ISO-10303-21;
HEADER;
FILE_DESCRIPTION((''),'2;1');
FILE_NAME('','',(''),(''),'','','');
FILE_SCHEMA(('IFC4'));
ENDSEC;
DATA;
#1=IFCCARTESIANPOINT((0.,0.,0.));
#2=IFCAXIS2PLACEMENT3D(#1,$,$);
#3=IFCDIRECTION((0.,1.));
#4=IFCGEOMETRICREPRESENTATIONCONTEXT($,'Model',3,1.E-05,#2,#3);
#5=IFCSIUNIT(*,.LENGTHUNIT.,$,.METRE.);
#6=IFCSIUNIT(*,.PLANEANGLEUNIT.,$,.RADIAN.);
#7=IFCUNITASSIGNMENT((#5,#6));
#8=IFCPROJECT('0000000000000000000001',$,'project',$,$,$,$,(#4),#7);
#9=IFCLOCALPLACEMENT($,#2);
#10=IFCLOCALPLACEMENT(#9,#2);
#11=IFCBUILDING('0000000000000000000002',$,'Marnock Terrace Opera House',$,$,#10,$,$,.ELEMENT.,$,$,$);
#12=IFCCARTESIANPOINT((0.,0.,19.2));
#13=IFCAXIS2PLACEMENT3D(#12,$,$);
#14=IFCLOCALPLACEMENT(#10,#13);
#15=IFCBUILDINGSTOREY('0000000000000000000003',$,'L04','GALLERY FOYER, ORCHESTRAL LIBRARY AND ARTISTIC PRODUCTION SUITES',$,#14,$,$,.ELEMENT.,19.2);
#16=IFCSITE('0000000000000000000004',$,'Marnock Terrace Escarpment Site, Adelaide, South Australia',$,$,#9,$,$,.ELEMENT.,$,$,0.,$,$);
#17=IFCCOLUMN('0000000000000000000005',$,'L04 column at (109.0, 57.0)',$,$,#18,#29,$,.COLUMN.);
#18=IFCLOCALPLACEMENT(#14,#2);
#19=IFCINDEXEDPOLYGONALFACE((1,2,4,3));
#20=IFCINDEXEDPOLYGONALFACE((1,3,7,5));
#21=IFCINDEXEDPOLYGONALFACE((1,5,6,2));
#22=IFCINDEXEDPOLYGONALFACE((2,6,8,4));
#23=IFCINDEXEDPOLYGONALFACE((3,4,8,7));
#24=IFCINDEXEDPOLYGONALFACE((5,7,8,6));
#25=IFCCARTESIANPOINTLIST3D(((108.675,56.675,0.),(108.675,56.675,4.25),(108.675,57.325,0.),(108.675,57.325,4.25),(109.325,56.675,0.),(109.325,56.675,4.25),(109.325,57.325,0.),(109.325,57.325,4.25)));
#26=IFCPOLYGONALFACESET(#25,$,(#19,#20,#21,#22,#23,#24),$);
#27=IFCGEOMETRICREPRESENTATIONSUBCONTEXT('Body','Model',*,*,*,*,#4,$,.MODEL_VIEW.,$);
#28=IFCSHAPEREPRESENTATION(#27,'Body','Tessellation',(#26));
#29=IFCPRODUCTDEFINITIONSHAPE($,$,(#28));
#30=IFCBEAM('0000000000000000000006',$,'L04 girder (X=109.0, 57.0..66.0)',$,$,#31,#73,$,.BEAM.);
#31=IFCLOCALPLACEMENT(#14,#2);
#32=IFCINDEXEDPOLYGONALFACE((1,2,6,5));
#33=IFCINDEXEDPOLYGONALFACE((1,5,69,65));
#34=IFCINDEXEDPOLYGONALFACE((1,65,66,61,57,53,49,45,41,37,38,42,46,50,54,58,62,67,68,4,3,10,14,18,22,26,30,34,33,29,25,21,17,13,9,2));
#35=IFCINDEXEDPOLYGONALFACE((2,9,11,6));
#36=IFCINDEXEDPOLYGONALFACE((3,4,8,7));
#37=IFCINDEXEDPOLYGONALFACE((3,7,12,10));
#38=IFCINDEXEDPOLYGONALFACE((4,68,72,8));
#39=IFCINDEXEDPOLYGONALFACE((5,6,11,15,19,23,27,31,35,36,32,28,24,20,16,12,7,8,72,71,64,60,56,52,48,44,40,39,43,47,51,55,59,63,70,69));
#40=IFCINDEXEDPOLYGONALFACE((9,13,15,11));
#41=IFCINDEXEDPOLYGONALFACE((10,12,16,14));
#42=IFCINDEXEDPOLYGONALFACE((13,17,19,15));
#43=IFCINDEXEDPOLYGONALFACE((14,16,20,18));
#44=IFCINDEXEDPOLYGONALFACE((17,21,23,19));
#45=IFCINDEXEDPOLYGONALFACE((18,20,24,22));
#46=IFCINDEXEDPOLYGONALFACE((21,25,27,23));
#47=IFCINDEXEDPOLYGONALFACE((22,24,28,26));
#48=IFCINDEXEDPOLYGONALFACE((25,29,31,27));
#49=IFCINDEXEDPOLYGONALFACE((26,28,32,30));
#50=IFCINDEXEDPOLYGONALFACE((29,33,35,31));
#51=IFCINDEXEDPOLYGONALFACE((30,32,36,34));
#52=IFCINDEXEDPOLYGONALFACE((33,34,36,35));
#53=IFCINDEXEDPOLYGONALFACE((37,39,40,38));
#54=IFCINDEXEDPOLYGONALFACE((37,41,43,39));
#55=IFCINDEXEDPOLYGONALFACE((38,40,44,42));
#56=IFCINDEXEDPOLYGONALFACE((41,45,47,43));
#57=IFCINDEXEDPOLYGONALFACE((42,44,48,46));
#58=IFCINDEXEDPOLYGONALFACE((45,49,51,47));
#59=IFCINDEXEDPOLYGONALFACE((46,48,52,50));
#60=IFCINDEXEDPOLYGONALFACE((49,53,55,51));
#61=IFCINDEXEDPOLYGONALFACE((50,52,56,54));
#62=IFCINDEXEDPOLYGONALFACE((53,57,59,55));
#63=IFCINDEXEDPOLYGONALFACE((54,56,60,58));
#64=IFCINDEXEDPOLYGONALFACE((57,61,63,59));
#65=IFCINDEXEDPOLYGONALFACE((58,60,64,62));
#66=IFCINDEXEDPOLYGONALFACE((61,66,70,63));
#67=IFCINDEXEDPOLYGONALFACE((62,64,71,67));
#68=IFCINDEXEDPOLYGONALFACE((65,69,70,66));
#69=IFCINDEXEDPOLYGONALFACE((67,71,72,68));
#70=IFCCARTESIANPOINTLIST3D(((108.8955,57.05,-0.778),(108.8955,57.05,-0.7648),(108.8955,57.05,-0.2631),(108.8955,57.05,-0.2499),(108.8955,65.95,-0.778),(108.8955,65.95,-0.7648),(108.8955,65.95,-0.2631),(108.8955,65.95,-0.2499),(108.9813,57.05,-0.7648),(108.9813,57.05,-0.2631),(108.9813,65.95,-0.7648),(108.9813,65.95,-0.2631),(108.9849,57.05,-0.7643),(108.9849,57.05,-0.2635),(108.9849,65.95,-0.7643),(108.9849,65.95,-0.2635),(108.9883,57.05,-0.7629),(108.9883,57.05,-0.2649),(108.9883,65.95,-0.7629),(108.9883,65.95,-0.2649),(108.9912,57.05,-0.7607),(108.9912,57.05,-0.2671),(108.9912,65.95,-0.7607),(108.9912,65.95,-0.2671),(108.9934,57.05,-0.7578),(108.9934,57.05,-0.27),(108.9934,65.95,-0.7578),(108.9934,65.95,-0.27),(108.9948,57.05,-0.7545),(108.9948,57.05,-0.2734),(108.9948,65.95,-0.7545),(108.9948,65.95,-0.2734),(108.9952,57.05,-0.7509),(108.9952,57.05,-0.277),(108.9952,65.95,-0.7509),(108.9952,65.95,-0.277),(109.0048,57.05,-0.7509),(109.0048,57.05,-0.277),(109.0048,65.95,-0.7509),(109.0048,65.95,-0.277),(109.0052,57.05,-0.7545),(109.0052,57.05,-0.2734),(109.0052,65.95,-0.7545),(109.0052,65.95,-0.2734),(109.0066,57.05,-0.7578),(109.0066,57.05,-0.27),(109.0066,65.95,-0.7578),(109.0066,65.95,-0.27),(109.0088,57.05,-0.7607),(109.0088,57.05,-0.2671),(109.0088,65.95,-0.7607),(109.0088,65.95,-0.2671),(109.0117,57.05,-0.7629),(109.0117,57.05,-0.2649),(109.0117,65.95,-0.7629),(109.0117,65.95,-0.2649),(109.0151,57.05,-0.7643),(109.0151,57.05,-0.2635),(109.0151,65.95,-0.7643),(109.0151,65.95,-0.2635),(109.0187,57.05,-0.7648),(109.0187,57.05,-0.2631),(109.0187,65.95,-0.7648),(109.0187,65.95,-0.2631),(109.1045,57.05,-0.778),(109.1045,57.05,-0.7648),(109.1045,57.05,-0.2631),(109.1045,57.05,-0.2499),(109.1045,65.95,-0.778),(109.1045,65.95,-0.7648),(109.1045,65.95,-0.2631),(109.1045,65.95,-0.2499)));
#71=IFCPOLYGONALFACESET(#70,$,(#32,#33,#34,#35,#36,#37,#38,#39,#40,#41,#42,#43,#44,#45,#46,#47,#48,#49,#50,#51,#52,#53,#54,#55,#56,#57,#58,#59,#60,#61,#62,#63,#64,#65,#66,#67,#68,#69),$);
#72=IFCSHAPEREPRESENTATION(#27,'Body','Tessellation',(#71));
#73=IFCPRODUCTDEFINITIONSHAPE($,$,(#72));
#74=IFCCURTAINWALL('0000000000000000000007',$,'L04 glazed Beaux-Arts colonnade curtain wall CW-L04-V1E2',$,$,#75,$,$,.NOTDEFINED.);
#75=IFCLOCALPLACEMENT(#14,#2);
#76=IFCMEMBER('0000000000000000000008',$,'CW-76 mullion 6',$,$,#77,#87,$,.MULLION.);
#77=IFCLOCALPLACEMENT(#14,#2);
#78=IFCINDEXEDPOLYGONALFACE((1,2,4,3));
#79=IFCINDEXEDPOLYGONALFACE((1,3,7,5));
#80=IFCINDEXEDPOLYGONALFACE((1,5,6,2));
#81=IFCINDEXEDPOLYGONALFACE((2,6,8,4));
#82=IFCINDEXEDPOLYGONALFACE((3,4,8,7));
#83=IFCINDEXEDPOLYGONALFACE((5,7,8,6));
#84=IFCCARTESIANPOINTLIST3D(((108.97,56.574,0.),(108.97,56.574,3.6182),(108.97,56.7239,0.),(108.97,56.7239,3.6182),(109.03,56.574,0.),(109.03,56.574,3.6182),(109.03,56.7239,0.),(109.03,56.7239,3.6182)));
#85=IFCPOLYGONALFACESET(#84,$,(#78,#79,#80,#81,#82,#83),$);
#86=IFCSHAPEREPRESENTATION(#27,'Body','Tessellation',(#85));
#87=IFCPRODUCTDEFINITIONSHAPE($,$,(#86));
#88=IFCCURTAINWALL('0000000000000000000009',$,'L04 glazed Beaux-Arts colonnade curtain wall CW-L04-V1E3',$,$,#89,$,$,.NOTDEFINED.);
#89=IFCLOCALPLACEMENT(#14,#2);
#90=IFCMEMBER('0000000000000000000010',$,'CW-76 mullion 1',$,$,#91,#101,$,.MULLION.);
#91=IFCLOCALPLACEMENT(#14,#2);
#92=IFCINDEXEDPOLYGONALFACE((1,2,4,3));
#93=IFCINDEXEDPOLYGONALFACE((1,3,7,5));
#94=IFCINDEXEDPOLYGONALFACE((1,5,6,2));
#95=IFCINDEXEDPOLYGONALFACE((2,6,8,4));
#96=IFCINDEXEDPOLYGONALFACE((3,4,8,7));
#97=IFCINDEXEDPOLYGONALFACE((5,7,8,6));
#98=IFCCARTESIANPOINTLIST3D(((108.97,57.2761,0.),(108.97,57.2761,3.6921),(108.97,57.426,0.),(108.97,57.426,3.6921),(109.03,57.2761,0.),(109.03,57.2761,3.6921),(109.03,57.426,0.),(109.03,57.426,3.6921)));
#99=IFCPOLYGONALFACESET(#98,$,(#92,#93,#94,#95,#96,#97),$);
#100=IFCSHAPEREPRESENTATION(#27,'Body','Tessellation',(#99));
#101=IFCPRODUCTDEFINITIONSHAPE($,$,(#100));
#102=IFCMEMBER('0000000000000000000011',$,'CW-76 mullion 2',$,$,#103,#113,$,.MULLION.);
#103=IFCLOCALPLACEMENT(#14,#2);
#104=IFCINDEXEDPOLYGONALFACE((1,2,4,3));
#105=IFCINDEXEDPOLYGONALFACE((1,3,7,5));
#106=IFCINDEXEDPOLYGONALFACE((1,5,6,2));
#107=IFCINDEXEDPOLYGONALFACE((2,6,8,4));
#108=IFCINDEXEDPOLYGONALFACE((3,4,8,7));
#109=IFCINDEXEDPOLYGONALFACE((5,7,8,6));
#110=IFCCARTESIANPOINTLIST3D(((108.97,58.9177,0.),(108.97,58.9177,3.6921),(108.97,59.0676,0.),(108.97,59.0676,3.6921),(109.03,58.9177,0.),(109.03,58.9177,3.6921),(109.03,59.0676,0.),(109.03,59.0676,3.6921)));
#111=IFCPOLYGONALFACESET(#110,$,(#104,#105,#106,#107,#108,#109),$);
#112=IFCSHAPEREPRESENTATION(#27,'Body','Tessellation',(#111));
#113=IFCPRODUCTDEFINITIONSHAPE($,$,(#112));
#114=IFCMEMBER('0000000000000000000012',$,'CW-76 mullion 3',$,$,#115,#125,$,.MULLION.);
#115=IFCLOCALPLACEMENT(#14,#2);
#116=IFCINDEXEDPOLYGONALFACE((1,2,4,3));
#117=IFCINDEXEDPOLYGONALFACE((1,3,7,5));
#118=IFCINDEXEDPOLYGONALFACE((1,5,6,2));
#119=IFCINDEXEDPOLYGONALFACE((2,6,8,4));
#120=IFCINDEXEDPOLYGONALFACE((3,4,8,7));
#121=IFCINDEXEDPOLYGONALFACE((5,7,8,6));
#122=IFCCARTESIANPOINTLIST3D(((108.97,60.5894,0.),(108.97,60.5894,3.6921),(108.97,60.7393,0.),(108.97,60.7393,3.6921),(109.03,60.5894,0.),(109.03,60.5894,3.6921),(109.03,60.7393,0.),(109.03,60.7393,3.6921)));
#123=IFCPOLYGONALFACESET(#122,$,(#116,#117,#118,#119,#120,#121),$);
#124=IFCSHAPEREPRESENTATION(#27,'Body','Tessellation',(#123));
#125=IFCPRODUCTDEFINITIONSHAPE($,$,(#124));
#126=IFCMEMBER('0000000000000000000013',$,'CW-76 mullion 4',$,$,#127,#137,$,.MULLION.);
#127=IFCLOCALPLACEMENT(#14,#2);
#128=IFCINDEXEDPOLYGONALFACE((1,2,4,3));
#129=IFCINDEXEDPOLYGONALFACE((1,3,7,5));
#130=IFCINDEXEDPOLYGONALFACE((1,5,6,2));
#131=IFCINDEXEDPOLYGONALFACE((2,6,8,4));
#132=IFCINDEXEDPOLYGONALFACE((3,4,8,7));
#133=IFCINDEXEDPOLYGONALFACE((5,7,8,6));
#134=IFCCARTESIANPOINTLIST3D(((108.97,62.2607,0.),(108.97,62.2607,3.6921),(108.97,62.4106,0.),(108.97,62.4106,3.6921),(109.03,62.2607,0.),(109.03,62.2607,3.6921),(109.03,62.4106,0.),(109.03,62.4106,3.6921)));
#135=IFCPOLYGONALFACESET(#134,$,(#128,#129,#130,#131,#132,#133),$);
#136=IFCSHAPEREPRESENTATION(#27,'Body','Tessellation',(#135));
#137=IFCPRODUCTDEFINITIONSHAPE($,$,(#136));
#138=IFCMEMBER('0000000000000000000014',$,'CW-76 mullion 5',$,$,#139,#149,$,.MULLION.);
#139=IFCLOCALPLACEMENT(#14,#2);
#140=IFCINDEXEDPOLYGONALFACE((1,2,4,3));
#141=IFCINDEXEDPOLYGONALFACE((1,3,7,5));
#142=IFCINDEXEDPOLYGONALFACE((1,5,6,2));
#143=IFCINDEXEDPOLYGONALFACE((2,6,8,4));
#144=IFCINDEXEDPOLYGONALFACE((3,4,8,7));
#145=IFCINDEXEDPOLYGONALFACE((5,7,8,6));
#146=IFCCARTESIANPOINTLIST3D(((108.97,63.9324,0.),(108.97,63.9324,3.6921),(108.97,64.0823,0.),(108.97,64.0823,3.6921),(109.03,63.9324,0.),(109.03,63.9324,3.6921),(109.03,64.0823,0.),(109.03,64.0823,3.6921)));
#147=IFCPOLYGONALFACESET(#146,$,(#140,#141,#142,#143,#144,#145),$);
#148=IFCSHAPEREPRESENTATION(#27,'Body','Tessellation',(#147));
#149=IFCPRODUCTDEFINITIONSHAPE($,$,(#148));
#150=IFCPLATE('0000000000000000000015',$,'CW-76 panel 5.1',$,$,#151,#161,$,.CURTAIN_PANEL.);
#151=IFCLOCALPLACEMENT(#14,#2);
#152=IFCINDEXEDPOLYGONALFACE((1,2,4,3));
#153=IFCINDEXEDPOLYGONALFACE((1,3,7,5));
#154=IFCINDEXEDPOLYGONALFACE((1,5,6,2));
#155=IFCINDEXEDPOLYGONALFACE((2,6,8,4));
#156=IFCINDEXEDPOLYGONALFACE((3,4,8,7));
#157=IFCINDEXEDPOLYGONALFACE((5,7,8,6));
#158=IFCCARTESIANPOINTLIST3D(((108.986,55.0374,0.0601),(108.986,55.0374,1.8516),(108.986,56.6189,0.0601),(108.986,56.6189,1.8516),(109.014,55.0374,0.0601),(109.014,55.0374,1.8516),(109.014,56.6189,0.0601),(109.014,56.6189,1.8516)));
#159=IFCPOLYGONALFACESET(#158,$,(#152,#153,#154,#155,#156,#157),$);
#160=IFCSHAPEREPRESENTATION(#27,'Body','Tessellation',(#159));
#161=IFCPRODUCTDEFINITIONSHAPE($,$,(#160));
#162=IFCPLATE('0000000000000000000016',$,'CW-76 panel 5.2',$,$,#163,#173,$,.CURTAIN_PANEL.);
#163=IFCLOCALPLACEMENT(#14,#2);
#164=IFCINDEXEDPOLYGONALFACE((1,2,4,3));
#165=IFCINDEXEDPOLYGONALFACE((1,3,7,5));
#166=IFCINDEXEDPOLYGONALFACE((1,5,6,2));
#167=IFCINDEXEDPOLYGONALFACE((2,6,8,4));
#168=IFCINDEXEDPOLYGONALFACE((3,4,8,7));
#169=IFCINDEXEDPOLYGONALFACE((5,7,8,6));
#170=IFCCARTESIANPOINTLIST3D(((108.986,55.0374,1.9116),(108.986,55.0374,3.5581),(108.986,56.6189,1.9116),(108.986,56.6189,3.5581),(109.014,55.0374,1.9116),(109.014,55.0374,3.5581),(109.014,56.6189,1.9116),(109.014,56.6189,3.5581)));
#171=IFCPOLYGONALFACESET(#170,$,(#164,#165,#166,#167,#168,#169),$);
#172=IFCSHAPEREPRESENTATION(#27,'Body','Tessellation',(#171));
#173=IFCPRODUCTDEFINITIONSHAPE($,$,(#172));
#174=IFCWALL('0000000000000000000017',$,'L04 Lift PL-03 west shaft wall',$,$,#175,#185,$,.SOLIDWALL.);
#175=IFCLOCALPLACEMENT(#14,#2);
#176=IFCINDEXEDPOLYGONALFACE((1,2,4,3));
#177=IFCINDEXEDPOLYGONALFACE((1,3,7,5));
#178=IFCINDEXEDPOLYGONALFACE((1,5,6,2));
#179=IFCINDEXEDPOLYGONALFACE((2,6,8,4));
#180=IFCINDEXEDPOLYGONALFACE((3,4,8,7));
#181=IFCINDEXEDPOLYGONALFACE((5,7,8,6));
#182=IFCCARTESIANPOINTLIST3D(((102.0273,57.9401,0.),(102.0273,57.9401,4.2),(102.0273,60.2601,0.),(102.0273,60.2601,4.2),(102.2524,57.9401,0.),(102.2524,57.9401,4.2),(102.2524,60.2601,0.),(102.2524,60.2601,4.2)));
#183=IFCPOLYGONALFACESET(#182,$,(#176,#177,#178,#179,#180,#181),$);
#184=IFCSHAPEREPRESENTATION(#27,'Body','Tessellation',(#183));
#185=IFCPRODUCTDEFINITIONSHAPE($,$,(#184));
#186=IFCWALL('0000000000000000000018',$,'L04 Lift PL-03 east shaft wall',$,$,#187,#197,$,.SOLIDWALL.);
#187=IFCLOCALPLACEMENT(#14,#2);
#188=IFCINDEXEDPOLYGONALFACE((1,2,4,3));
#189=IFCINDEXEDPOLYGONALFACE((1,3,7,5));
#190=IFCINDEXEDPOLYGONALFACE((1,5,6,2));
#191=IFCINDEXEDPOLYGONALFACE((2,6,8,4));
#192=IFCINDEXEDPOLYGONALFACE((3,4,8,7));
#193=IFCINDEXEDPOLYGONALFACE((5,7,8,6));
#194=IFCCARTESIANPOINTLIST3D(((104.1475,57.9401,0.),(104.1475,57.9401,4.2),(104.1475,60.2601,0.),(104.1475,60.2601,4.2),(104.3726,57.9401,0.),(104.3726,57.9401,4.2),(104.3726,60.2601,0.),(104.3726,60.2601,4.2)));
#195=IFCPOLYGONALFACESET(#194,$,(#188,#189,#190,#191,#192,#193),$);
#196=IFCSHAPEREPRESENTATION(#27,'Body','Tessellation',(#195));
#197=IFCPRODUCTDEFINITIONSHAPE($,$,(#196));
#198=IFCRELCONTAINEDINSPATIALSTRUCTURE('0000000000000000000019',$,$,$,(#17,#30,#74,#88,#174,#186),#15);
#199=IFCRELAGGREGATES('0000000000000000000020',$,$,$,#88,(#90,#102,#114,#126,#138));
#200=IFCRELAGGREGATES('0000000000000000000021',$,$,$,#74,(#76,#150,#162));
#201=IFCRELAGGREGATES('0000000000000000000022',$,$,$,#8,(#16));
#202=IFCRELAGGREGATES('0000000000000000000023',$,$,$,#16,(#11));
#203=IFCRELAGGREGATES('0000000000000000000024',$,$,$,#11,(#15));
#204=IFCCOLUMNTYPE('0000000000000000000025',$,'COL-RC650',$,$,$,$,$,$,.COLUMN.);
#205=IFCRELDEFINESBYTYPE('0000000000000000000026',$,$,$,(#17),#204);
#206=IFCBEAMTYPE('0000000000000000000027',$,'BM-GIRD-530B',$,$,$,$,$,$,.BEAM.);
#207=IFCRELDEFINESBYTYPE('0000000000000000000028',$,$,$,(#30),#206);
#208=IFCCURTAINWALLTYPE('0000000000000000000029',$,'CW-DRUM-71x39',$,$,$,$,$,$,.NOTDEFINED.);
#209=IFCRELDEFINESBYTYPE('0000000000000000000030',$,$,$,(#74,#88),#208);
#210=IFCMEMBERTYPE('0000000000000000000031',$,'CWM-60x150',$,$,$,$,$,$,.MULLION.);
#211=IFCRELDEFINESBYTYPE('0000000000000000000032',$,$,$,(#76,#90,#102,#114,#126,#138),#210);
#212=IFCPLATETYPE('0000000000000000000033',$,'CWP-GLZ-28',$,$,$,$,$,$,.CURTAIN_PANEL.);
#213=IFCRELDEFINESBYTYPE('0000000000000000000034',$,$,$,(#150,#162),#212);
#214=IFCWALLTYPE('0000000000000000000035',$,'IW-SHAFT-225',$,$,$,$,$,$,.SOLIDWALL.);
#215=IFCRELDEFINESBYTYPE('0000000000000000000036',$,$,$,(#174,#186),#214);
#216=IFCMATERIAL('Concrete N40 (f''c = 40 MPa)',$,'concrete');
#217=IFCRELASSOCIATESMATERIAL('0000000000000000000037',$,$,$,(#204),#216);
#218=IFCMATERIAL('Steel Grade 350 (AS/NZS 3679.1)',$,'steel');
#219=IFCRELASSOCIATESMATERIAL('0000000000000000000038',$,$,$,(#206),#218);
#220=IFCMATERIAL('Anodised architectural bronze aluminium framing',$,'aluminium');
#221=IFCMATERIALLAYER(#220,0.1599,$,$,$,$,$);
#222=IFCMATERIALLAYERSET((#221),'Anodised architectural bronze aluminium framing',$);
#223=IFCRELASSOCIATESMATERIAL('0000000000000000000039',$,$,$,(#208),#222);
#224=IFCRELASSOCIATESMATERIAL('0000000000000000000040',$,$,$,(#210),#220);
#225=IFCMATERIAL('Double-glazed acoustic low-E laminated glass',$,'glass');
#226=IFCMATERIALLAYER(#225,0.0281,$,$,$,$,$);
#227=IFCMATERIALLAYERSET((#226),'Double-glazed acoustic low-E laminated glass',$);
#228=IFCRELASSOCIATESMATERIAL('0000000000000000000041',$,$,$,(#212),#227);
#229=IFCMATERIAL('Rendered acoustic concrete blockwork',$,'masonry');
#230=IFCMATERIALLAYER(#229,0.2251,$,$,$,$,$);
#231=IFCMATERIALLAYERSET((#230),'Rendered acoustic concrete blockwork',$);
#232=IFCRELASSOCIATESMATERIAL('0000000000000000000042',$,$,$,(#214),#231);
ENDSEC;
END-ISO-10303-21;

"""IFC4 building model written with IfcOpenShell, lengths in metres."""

from ifc_helpers import new_model, si_unit, direction, frame, frame_2d, origin, origin_2d, place, context, subcontext, project, spatial, rectangle, i_section, extrude, material, layer, layer_set, material_profile, profile_set, type_object, element, aggregate, save


model = new_model("IFC4")

# Units and contexts
model_context = context("Model", 3, precision=1e-05, world=origin(), true_north=direction((0.0, 1.0)))
body_context = subcontext(model_context, "Body", "Model", "MODEL_VIEW")
ifc_project = project(units=[si_unit("LENGTHUNIT", "METRE"), si_unit("PLANEANGLEUNIT", "RADIAN")], contexts=[model_context])

# Site, building, storey
site_placement = place(None, origin())
site = spatial("IfcSite", under=ifc_project, at=site_placement, Name="Marnock Terrace Escarpment Site, Adelaide, South Australia", CompositionType="ELEMENT", RefElevation=0.0)
building_placement = place(site_placement, origin())
building = spatial("IfcBuilding", under=site, at=building_placement, Name="Marnock Terrace Opera House", CompositionType="ELEMENT")
storey_placement = place(building_placement, frame((0.0, 0.0, 19.2)))
storey = spatial("IfcBuildingStorey", under=building, at=storey_placement, Name="L04", Description="GALLERY FOYER, ORCHESTRAL LIBRARY AND ARTISTIC PRODUCTION SUITES", CompositionType="ELEMENT", Elevation=19.2)

# Column
ifc_material_1 = material(Name="Concrete N40 (f'c = 40 MPa)", Category="concrete")
ifc_material_profile_1 = material_profile(ifc_material_1, rectangle(XDim=0.6499, YDim=0.6499, at=origin_2d()))
ifc_profile_set_1 = profile_set([ifc_material_profile_1], Name="Concrete N40 (f'c = 40 MPa)")
column_type = type_object("IfcColumnType", Name="COL-RC650", PredefinedType="COLUMN", material=ifc_profile_set_1)
column_placement = place(storey_placement, frame((109.0, 57.0, 0.0), z_axis=(0.0, 0.0, 1.0), x_axis=(1.0, 0.0, 0.0)))
element("IfcColumn", 1, at=column_placement, inside=storey, type_object=column_type, Name="L04 column at (109.0, 57.0)", PredefinedType="COLUMN", context=body_context, shape_type="SweptSolid", body=[
    extrude(rectangle(XDim=0.6499, YDim=0.6499, at=origin_2d()), origin(), (0.0, 0.0, 1.0), 4.25),
])

# Beam
ifc_material_2 = material(Name="Steel Grade 350 (AS/NZS 3679.1)", Category="steel")
ifc_material_profile_2 = material_profile(ifc_material_2, i_section(OverallWidth=0.209, OverallDepth=0.5281, WebThickness=0.0095, FlangeThickness=0.0132, FilletRadius=0.0139, at=origin_2d()))
ifc_profile_set_2 = profile_set([ifc_material_profile_2], Name="Steel Grade 350 (AS/NZS 3679.1)")
beam_type = type_object("IfcBeamType", Name="BM-GIRD-530B", PredefinedType="BEAM", material=ifc_profile_set_2)
beam_placement = place(storey_placement, frame((109.0, 57.05, -0.5139), z_axis=(0.0, 1.0, 0.0), x_axis=(-1.0, 0.0, 0.0)))
element("IfcBeam", 2, at=beam_placement, inside=storey, type_object=beam_type, Name="L04 girder (X=109.0, 57.0..66.0)", PredefinedType="BEAM", context=body_context, shape_type="SweptSolid", body=[
    extrude(i_section(OverallWidth=0.209, OverallDepth=0.5281, WebThickness=0.0095, FlangeThickness=0.0132, FilletRadius=0.0139, at=origin_2d()), origin(), (0.0, 0.0, 1.0), 8.8999),
])

# Curtain wall, member
ifc_material_3 = material(Name="Anodised architectural bronze aluminium framing", Category="aluminium")
ifc_layer_1 = layer(ifc_material_3, 0.1599)
ifc_layer_set_1 = layer_set([ifc_layer_1], Name="Anodised architectural bronze aluminium framing")
curtain_wall_type = type_object("IfcCurtainWallType", Name="CW-DRUM-71x39", PredefinedType="NOTDEFINED", material=ifc_layer_set_1)
curtain_wall_1_placement = place(storey_placement, origin())
curtain_wall_1 = element("IfcCurtainWall", 3, at=curtain_wall_1_placement, inside=storey, type_object=curtain_wall_type, Name="L04 glazed Beaux-Arts colonnade curtain wall CW-L04-V1E2", PredefinedType="NOTDEFINED")
ifc_material_profile_3 = material_profile(ifc_material_3, rectangle(XDim=0.0601, YDim=0.1499, at=origin_2d()))
ifc_profile_set_3 = profile_set([ifc_material_profile_3], Name="Anodised architectural bronze aluminium framing")
member_type = type_object("IfcMemberType", Name="CWM-60x150", PredefinedType="MULLION", material=ifc_profile_set_3)
member_1_placement = place(storey_placement, frame((109.0, 56.6489, 0.0), z_axis=(0.0, 0.0, 1.0), x_axis=(-1.0, 0.0, 0.0)))
member_1 = element("IfcMember", 4, at=member_1_placement, type_object=member_type, Name="CW-76 mullion 6", PredefinedType="MULLION", context=body_context, shape_type="SweptSolid", body=[
    extrude(rectangle(XDim=0.0601, YDim=0.1499, at=origin_2d()), origin(), (0.0, 0.0, 1.0), 3.6182),
])

# Curtain wall, members
curtain_wall_2_placement = place(storey_placement, origin())
curtain_wall_2 = element("IfcCurtainWall", 5, at=curtain_wall_2_placement, inside=storey, type_object=curtain_wall_type, Name="L04 glazed Beaux-Arts colonnade curtain wall CW-L04-V1E3", PredefinedType="NOTDEFINED")
member_2_placement = place(storey_placement, frame((109.0, 57.3511, 0.0), z_axis=(0.0, 0.0, 1.0), x_axis=(-1.0, 0.0, 0.0)))
member_2 = element("IfcMember", 6, at=member_2_placement, type_object=member_type, Name="CW-76 mullion 1", PredefinedType="MULLION", context=body_context, shape_type="SweptSolid", body=[
    extrude(rectangle(XDim=0.0601, YDim=0.1499, at=origin_2d()), origin(), (0.0, 0.0, 1.0), 3.6921),
])
member_3_placement = place(storey_placement, frame((109.0, 58.9927, 0.0), z_axis=(0.0, 0.0, 1.0), x_axis=(-1.0, 0.0, 0.0)))
member_3 = element("IfcMember", 7, at=member_3_placement, type_object=member_type, Name="CW-76 mullion 2", PredefinedType="MULLION", context=body_context, shape_type="SweptSolid", body=[
    extrude(rectangle(XDim=0.0601, YDim=0.1499, at=origin_2d()), origin(), (0.0, 0.0, 1.0), 3.6921),
])
member_4_placement = place(storey_placement, frame((109.0, 60.6643, 0.0), z_axis=(0.0, 0.0, 1.0), x_axis=(-1.0, 0.0, 0.0)))
member_4 = element("IfcMember", 8, at=member_4_placement, type_object=member_type, Name="CW-76 mullion 3", PredefinedType="MULLION", context=body_context, shape_type="SweptSolid", body=[
    extrude(rectangle(XDim=0.0601, YDim=0.1499, at=origin_2d()), origin(), (0.0, 0.0, 1.0), 3.6921),
])
member_5_placement = place(storey_placement, frame((109.0, 62.3357, 0.0), z_axis=(0.0, 0.0, 1.0), x_axis=(-1.0, 0.0, 0.0)))
member_5 = element("IfcMember", 9, at=member_5_placement, type_object=member_type, Name="CW-76 mullion 4", PredefinedType="MULLION", context=body_context, shape_type="SweptSolid", body=[
    extrude(rectangle(XDim=0.0601, YDim=0.1499, at=origin_2d()), origin(), (0.0, 0.0, 1.0), 3.6921),
])
member_6_placement = place(storey_placement, frame((109.0, 64.0073, 0.0), z_axis=(0.0, 0.0, 1.0), x_axis=(-1.0, 0.0, 0.0)))
member_6 = element("IfcMember", 10, at=member_6_placement, type_object=member_type, Name="CW-76 mullion 5", PredefinedType="MULLION", context=body_context, shape_type="SweptSolid", body=[
    extrude(rectangle(XDim=0.0601, YDim=0.1499, at=origin_2d()), origin(), (0.0, 0.0, 1.0), 3.6921),
])
aggregate(curtain_wall_2, [member_2, member_3, member_4, member_5, member_6])

# Plates
ifc_material_4 = material(Name="Double-glazed acoustic low-E laminated glass", Category="glass")
ifc_layer_2 = layer(ifc_material_4, 0.0281)
ifc_layer_set_2 = layer_set([ifc_layer_2], Name="Double-glazed acoustic low-E laminated glass")
plate_type = type_object("IfcPlateType", Name="CWP-GLZ-28", PredefinedType="CURTAIN_PANEL", material=ifc_layer_set_2)
plate_1_placement = place(storey_placement, frame((109.0, 55.8281, 0.0601), z_axis=(0.0, 0.0, 1.0), x_axis=(0.0, 1.0, 0.0)))
plate_1 = element("IfcPlate", 11, at=plate_1_placement, type_object=plate_type, Name="CW-76 panel 5.1", PredefinedType="CURTAIN_PANEL", context=body_context, shape_type="SweptSolid", body=[
    extrude(rectangle(XDim=1.5815, YDim=0.0281, at=origin_2d()), origin(), (0.0, 0.0, 1.0), 1.7915),
])
plate_2_placement = place(storey_placement, frame((109.0, 55.8281, 1.9116), z_axis=(0.0, 0.0, 1.0), x_axis=(0.0, 1.0, 0.0)))
plate_2 = element("IfcPlate", 12, at=plate_2_placement, type_object=plate_type, Name="CW-76 panel 5.2", PredefinedType="CURTAIN_PANEL", context=body_context, shape_type="SweptSolid", body=[
    extrude(rectangle(XDim=1.5815, YDim=0.0281, at=origin_2d()), origin(), (0.0, 0.0, 1.0), 1.6465),
])
aggregate(curtain_wall_1, [member_1, plate_1, plate_2])

# Walls
ifc_material_5 = material(Name="Rendered acoustic concrete blockwork", Category="masonry")
ifc_layer_3 = layer(ifc_material_5, 0.2251)
ifc_layer_set_3 = layer_set([ifc_layer_3], Name="Rendered acoustic concrete blockwork")
wall_type_1 = type_object("IfcWallType", Name="IW-SHAFT-225", PredefinedType="SOLIDWALL", material=ifc_layer_set_3)
for number, where, z_axis, x_axis, name in (
    (13, (102.1399, 57.9399, 0.0), (0.0, 0.0, 1.0), (0.0, 1.0, 0.0), "L04 Lift PL-03 west shaft wall"),
    (14, (104.26, 57.9399, 0.0), (0.0, 0.0, 1.0), (0.0, 1.0, 0.0), "L04 Lift PL-03 east shaft wall"),
):
    element("IfcWall", number, at=place(storey_placement, frame(where, z_axis=z_axis, x_axis=x_axis)), inside=storey, type_object=wall_type_1, Name=name, PredefinedType="SOLIDWALL", context=body_context, shape_type="SweptSolid", body=[
        extrude(rectangle(XDim=2.3201, YDim=0.2251, at=frame_2d((1.1602, 0.0))), origin(), (0.0, 0.0, 1.0), 4.2),
    ])

save(model, "model.ifc")
